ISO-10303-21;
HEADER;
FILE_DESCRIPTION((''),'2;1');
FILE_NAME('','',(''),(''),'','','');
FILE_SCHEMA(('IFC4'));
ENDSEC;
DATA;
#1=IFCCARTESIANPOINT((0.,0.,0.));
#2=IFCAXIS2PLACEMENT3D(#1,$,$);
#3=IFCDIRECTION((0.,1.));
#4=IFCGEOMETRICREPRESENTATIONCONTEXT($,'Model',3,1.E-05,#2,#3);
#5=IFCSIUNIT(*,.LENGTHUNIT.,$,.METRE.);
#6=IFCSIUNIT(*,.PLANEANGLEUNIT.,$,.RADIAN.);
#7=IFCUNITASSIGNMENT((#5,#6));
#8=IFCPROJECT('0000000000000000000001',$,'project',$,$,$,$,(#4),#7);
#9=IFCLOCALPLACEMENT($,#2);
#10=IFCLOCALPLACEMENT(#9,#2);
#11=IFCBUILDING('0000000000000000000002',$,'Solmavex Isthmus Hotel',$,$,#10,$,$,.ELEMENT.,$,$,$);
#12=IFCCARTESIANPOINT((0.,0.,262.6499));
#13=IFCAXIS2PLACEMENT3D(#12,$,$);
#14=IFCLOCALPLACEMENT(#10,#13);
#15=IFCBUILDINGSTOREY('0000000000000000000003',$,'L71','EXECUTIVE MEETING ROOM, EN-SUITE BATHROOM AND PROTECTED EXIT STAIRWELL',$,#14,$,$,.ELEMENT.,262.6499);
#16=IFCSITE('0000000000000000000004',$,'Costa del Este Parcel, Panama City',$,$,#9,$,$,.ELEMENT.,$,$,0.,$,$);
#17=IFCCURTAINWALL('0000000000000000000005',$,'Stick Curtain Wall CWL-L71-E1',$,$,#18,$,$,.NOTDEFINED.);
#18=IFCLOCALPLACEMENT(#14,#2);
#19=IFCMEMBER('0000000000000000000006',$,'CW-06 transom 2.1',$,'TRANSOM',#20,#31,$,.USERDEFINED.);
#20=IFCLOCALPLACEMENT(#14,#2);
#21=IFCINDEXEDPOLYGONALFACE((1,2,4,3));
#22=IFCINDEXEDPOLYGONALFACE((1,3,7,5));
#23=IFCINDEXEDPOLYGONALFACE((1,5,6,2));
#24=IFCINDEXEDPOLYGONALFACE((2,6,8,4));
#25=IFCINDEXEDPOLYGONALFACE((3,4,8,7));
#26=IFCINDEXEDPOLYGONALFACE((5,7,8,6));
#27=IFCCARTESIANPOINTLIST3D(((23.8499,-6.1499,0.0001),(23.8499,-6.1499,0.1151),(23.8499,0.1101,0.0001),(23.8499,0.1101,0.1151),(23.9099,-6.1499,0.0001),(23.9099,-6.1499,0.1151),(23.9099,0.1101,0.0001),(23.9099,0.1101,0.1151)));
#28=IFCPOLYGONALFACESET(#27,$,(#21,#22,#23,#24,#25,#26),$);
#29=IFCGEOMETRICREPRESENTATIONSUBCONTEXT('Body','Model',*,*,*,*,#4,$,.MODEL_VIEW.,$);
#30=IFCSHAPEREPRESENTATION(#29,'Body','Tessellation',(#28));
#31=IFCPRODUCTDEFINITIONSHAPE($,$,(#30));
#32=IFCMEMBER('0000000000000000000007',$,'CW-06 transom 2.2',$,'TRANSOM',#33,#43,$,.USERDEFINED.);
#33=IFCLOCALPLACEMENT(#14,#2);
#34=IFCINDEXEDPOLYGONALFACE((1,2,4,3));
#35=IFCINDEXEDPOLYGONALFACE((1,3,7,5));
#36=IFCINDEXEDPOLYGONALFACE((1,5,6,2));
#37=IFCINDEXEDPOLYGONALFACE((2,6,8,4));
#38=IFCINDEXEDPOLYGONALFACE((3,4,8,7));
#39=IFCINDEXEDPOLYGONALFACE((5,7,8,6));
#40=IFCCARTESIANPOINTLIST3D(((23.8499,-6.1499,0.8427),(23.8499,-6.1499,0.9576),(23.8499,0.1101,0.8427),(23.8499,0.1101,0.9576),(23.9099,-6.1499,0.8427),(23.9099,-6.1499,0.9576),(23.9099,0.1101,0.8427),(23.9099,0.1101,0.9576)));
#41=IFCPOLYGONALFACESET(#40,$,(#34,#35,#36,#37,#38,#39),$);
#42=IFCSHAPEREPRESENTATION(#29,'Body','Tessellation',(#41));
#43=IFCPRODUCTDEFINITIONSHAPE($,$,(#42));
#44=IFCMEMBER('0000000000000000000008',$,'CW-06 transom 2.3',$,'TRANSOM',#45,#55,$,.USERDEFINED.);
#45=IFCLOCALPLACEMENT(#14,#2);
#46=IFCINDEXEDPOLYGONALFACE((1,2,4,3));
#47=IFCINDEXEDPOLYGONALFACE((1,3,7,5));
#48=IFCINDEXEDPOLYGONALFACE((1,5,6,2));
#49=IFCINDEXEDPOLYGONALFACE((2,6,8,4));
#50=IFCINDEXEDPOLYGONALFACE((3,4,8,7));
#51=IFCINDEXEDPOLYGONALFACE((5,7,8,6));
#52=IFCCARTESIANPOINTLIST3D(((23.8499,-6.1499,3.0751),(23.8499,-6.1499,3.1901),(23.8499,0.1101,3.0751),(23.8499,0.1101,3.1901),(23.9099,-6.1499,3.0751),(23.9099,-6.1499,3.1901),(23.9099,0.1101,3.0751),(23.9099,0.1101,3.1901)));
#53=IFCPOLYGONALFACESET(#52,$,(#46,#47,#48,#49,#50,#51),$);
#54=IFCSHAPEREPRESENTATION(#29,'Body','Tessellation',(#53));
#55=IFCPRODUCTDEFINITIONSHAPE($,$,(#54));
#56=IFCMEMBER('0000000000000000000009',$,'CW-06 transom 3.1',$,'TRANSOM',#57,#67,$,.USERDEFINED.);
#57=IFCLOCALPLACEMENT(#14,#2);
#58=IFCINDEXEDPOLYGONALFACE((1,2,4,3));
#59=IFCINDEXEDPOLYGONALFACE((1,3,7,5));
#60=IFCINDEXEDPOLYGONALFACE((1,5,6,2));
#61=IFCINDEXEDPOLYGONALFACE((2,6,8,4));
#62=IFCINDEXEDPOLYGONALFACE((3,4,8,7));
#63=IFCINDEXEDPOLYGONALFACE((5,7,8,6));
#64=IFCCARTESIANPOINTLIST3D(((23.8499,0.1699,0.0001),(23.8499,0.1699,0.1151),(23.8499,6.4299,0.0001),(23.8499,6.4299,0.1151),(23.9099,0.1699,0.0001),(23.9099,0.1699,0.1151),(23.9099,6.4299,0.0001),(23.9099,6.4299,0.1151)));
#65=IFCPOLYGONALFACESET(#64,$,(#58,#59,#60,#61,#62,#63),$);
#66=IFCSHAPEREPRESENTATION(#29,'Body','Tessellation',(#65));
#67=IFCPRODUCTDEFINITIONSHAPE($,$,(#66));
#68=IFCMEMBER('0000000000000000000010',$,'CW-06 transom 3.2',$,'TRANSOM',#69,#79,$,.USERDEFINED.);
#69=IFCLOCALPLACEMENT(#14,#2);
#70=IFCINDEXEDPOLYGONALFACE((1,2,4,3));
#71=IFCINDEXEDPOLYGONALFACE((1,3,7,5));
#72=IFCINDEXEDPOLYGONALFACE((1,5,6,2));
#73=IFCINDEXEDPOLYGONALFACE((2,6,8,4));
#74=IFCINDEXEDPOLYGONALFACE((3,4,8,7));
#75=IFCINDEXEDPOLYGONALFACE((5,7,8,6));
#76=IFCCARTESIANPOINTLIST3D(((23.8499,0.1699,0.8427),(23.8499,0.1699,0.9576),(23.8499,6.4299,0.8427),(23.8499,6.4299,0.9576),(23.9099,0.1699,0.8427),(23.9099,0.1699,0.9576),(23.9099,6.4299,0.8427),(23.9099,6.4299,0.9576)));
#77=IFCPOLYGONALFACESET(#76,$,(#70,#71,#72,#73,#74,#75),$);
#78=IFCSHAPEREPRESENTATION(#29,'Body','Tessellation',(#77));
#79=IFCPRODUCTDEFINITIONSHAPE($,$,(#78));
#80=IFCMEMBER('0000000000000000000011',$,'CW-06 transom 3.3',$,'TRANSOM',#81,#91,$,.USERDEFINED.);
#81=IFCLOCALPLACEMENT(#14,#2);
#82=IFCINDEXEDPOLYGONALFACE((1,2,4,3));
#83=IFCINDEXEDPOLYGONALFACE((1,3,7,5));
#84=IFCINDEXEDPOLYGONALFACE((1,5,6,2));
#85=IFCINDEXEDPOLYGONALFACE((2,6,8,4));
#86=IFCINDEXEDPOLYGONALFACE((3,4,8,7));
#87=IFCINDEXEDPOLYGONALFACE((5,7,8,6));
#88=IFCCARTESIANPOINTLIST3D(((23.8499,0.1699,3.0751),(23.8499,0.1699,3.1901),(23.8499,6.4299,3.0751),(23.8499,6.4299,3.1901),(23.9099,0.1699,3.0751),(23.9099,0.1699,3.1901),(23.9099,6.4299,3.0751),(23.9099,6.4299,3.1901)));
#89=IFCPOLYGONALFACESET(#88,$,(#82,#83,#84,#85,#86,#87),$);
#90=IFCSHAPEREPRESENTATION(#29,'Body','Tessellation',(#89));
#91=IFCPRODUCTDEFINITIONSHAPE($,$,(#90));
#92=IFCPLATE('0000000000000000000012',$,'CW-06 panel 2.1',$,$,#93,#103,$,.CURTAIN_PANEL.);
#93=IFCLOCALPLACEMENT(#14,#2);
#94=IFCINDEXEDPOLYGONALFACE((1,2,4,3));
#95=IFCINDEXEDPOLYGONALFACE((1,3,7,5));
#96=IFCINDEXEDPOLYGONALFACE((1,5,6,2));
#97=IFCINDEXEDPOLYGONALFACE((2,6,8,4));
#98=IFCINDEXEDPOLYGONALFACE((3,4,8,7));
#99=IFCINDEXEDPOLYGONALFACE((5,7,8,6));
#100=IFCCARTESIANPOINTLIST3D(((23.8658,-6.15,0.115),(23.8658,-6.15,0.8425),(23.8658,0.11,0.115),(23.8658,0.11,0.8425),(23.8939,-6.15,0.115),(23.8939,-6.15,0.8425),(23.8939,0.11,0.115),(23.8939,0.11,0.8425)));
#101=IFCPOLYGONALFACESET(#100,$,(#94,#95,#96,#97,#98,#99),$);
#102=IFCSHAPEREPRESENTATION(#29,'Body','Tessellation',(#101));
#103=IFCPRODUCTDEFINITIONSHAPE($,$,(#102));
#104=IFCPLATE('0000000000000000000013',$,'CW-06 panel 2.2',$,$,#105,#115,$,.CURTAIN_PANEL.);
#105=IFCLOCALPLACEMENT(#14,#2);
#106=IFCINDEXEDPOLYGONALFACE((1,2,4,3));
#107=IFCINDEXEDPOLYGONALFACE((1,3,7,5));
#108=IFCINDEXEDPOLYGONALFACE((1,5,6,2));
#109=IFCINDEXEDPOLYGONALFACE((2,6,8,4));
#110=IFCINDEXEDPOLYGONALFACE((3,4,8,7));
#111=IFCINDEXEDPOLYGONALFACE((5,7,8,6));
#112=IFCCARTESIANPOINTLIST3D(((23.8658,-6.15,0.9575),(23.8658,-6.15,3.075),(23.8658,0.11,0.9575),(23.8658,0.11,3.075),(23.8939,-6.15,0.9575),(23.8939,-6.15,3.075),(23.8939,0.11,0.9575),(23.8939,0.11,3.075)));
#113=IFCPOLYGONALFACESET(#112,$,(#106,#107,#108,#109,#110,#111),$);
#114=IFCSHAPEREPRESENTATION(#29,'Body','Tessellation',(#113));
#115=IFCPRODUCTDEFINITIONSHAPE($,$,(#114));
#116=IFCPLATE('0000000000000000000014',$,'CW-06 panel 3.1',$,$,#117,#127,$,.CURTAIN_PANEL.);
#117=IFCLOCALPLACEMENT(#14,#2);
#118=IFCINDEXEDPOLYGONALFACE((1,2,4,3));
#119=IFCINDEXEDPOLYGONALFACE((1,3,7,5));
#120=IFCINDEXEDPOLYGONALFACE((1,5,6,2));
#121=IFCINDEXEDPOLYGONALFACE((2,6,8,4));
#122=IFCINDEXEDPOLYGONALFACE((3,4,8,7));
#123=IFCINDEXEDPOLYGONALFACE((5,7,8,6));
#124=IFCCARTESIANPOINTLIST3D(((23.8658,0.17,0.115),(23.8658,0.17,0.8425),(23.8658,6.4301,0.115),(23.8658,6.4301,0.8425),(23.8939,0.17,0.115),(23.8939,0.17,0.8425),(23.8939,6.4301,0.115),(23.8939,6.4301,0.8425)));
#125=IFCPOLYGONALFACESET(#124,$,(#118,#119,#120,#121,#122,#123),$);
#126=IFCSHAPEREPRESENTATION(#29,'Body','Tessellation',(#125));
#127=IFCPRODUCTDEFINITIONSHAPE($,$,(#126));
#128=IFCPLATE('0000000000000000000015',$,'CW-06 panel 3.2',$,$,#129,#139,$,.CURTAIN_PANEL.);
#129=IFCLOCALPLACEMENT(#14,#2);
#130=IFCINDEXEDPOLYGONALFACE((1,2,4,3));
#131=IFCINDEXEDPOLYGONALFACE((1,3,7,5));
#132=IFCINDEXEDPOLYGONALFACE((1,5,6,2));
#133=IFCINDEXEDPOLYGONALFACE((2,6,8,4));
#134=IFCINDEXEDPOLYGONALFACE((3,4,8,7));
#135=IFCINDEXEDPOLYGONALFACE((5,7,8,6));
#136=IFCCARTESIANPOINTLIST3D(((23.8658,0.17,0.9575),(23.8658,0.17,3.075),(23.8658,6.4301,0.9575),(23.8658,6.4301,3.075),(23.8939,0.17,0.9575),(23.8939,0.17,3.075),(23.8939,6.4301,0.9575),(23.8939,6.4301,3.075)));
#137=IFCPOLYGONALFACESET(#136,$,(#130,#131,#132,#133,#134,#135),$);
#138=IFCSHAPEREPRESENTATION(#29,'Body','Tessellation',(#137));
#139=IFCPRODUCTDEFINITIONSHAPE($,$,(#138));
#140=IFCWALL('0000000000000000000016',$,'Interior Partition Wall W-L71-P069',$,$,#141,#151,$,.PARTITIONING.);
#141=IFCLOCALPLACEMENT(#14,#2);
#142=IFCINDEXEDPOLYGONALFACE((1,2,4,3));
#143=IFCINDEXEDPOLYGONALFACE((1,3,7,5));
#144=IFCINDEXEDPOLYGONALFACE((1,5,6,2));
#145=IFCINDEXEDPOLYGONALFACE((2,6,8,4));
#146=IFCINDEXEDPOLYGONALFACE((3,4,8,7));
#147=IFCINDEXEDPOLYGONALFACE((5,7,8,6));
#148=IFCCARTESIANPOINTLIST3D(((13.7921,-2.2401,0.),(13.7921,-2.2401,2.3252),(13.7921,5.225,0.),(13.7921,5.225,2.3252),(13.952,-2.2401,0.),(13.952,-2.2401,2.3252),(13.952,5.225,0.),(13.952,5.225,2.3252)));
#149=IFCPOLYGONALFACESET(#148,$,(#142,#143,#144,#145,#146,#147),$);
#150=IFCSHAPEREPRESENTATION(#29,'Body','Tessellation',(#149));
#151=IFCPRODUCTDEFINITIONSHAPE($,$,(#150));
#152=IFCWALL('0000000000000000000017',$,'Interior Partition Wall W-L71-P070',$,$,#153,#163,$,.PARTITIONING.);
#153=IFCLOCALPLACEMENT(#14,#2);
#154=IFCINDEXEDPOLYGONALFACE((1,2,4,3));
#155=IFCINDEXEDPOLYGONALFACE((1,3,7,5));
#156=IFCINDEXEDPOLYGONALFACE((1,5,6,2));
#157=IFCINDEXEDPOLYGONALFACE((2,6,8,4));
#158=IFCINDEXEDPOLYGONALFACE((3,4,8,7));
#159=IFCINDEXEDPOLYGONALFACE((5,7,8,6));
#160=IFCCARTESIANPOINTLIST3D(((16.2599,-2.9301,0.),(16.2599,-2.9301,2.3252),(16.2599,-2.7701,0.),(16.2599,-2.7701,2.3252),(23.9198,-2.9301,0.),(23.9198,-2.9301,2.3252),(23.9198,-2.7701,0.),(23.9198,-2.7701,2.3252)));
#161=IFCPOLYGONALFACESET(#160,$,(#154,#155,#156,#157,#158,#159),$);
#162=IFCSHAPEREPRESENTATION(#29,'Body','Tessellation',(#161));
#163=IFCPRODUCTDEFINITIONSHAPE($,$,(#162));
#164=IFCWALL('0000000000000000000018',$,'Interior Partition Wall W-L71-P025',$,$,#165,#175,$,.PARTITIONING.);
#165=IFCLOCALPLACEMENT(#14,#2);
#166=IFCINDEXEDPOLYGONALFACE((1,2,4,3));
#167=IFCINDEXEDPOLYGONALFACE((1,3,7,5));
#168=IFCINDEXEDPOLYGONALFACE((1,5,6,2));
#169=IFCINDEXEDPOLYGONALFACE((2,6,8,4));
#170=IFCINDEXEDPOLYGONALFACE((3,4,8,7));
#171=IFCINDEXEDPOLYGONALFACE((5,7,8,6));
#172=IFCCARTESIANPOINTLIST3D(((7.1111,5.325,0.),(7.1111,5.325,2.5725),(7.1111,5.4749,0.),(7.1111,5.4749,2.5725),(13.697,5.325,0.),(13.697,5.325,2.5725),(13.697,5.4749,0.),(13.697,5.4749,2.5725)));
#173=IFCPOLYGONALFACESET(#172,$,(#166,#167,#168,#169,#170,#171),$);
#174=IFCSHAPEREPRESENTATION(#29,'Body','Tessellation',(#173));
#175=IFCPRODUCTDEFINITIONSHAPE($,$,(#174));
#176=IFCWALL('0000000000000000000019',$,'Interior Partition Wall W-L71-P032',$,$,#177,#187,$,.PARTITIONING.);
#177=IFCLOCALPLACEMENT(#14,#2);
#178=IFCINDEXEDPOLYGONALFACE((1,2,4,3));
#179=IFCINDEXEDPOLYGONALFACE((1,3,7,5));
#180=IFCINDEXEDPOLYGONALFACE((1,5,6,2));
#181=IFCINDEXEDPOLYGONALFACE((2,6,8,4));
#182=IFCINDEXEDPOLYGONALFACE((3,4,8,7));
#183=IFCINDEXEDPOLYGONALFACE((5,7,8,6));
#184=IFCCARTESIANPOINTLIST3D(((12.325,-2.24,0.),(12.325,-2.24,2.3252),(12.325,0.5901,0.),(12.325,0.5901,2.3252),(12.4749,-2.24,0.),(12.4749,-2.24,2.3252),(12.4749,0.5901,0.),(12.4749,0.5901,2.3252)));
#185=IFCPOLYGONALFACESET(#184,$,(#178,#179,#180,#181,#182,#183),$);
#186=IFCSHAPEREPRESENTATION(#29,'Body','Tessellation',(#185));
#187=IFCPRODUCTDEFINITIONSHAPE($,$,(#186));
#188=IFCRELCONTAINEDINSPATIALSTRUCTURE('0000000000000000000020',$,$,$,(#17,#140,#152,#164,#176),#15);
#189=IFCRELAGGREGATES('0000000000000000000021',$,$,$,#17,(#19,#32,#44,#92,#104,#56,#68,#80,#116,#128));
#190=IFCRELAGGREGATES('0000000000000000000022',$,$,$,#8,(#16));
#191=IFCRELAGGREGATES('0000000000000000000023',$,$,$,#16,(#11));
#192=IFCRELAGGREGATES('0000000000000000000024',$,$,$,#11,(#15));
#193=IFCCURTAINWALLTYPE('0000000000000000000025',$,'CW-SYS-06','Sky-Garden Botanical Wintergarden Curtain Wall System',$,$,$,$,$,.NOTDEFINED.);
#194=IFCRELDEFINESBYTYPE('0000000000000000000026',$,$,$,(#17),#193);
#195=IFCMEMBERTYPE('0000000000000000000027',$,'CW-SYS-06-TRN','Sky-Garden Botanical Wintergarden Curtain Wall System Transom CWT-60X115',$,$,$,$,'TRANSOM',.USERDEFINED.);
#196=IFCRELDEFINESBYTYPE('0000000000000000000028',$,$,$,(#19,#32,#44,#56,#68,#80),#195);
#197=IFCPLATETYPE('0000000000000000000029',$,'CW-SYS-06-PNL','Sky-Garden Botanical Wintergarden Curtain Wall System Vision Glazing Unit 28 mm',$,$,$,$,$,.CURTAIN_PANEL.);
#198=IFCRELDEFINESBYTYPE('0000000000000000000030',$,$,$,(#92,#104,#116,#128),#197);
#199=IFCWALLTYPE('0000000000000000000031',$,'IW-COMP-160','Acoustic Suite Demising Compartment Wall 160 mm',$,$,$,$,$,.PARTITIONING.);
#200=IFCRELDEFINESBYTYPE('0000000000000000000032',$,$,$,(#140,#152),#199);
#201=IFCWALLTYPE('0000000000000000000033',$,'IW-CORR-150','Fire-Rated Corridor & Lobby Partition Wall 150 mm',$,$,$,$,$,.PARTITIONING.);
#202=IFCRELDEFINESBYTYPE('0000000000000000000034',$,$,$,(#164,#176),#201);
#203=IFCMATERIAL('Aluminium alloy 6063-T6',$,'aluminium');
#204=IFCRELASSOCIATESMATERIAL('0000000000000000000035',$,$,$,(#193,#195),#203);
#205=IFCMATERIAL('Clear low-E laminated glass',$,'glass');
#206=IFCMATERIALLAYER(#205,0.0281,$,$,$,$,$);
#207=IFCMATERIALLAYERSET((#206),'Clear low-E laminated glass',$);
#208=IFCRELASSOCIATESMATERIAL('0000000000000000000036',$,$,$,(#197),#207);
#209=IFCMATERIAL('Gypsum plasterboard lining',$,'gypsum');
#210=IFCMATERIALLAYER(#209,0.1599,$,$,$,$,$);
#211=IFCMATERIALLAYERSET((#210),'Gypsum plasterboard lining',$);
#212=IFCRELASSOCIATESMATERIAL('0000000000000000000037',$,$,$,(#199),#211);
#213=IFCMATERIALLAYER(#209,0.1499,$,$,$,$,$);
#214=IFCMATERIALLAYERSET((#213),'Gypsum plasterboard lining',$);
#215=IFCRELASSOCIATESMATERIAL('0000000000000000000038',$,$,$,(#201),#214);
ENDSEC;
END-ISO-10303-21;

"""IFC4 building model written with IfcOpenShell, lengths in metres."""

from ifc_helpers import new_model, si_unit, direction, frame, frame_2d, origin, origin_2d, place, context, subcontext, project, spatial, rectangle, extrude, material, layer, layer_set, material_profile, profile_set, type_object, element, aggregate, save


model = new_model("IFC4")

# Units and contexts
model_context = context("Model", 3, precision=1e-05, world=origin(), true_north=direction((0.0, 1.0)))
body_context = subcontext(model_context, "Body", "Model", "MODEL_VIEW")
ifc_project = project(units=[si_unit("LENGTHUNIT", "METRE"), si_unit("PLANEANGLEUNIT", "RADIAN")], contexts=[model_context])

# Site, building, storey
site_placement = place(None, origin())
site = spatial("IfcSite", under=ifc_project, at=site_placement, Name="Costa del Este Parcel, Panama City", CompositionType="ELEMENT", RefElevation=0.0)
building_placement = place(site_placement, origin())
building = spatial("IfcBuilding", under=site, at=building_placement, Name="Solmavex Isthmus Hotel", CompositionType="ELEMENT")
storey_placement = place(building_placement, frame((0.0, 0.0, 262.6499)))
storey = spatial("IfcBuildingStorey", under=building, at=storey_placement, Name="L71", Description="EXECUTIVE MEETING ROOM, EN-SUITE BATHROOM AND PROTECTED EXIT STAIRWELL", CompositionType="ELEMENT", Elevation=262.6499)

# Curtain wall, members, plates
ifc_material_1 = material(Name="Aluminium alloy 6063-T6", Category="aluminium")
curtain_wall_type = type_object("IfcCurtainWallType", Name="CW-SYS-06", Description="Sky-Garden Botanical Wintergarden Curtain Wall System", PredefinedType="NOTDEFINED", material=ifc_material_1)
curtain_wall_placement = place(storey_placement, origin())
curtain_wall = element("IfcCurtainWall", 1, at=curtain_wall_placement, inside=storey, type_object=curtain_wall_type, Name="Stick Curtain Wall CWL-L71-E1", PredefinedType="NOTDEFINED")
ifc_material_profile_1 = material_profile(ifc_material_1, rectangle(XDim=0.0601, YDim=0.115, at=origin_2d()), Name="CWT-60X115")
ifc_profile_set_1 = profile_set([ifc_material_profile_1], Name="Aluminium alloy 6063-T6")
member_type_1 = type_object("IfcMemberType", Name="CW-SYS-06-TRN", Description="Sky-Garden Botanical Wintergarden Curtain Wall System Transom CWT-60X115", ElementType="TRANSOM", PredefinedType="USERDEFINED", material=ifc_profile_set_1)
member_1_placement = place(storey_placement, frame((23.8799, -6.1499, 0.0576), z_axis=(0.0, 1.0, 0.0), x_axis=(-1.0, 0.0, 0.0)))
member_1 = element("IfcMember", 2, at=member_1_placement, type_object=member_type_1, Name="CW-06 transom 2.1", ObjectType="TRANSOM", PredefinedType="USERDEFINED", context=body_context, shape_type="SweptSolid", body=[
    extrude(rectangle(XDim=0.0601, YDim=0.115, at=origin_2d()), origin(), (0.0, 0.0, 1.0), 6.26),
])
member_2_placement = place(storey_placement, frame((23.8799, -6.1499, 0.9001), z_axis=(0.0, 1.0, 0.0), x_axis=(-1.0, 0.0, 0.0)))
member_2 = element("IfcMember", 3, at=member_2_placement, type_object=member_type_1, Name="CW-06 transom 2.2", ObjectType="TRANSOM", PredefinedType="USERDEFINED", context=body_context, shape_type="SweptSolid", body=[
    extrude(rectangle(XDim=0.0601, YDim=0.115, at=origin_2d()), origin(), (0.0, 0.0, 1.0), 6.26),
])
member_3_placement = place(storey_placement, frame((23.8799, -6.1499, 3.1326), z_axis=(0.0, 1.0, 0.0), x_axis=(-1.0, 0.0, 0.0)))
member_3 = element("IfcMember", 4, at=member_3_placement, type_object=member_type_1, Name="CW-06 transom 2.3", ObjectType="TRANSOM", PredefinedType="USERDEFINED", context=body_context, shape_type="SweptSolid", body=[
    extrude(rectangle(XDim=0.0601, YDim=0.115, at=origin_2d()), origin(), (0.0, 0.0, 1.0), 6.26),
])
member_4_placement = place(storey_placement, frame((23.8799, 0.1699, 0.0576), z_axis=(0.0, 1.0, 0.0), x_axis=(-1.0, 0.0, 0.0)))
member_4 = element("IfcMember", 5, at=member_4_placement, type_object=member_type_1, Name="CW-06 transom 3.1", ObjectType="TRANSOM", PredefinedType="USERDEFINED", context=body_context, shape_type="SweptSolid", body=[
    extrude(rectangle(XDim=0.0601, YDim=0.115, at=origin_2d()), origin(), (0.0, 0.0, 1.0), 6.26),
])
member_5_placement = place(storey_placement, frame((23.8799, 0.1699, 0.9001), z_axis=(0.0, 1.0, 0.0), x_axis=(-1.0, 0.0, 0.0)))
member_5 = element("IfcMember", 6, at=member_5_placement, type_object=member_type_1, Name="CW-06 transom 3.2", ObjectType="TRANSOM", PredefinedType="USERDEFINED", context=body_context, shape_type="SweptSolid", body=[
    extrude(rectangle(XDim=0.0601, YDim=0.115, at=origin_2d()), origin(), (0.0, 0.0, 1.0), 6.26),
])
member_6_placement = place(storey_placement, frame((23.8799, 0.1699, 3.1326), z_axis=(0.0, 1.0, 0.0), x_axis=(-1.0, 0.0, 0.0)))
member_6 = element("IfcMember", 7, at=member_6_placement, type_object=member_type_1, Name="CW-06 transom 3.3", ObjectType="TRANSOM", PredefinedType="USERDEFINED", context=body_context, shape_type="SweptSolid", body=[
    extrude(rectangle(XDim=0.0601, YDim=0.115, at=origin_2d()), origin(), (0.0, 0.0, 1.0), 6.26),
])
ifc_material_2 = material(Name="Clear low-E laminated glass", Category="glass")
ifc_layer_1 = layer(ifc_material_2, 0.0281)
ifc_layer_set_1 = layer_set([ifc_layer_1], Name="Clear low-E laminated glass")
plate_type = type_object("IfcPlateType", Name="CW-SYS-06-PNL", Description="Sky-Garden Botanical Wintergarden Curtain Wall System Vision Glazing Unit 28 mm", PredefinedType="CURTAIN_PANEL", material=ifc_layer_set_1)
plate_1_placement = place(storey_placement, frame((23.8799, -3.02, 0.115), z_axis=(0.0, 0.0, 1.0), x_axis=(0.0, 1.0, 0.0)))
plate_1 = element("IfcPlate", 8, at=plate_1_placement, type_object=plate_type, Name="CW-06 panel 2.1", PredefinedType="CURTAIN_PANEL", context=body_context, shape_type="SweptSolid", body=[
    extrude(rectangle(XDim=6.26, YDim=0.0281, at=origin_2d()), origin(), (0.0, 0.0, 1.0), 0.7275),
])
plate_2_placement = place(storey_placement, frame((23.8799, -3.02, 0.9575), z_axis=(0.0, 0.0, 1.0), x_axis=(0.0, 1.0, 0.0)))
plate_2 = element("IfcPlate", 9, at=plate_2_placement, type_object=plate_type, Name="CW-06 panel 2.2", PredefinedType="CURTAIN_PANEL", context=body_context, shape_type="SweptSolid", body=[
    extrude(rectangle(XDim=6.26, YDim=0.0281, at=origin_2d()), origin(), (0.0, 0.0, 1.0), 2.1174),
])
plate_3_placement = place(storey_placement, frame((23.8799, 3.3, 0.115), z_axis=(0.0, 0.0, 1.0), x_axis=(0.0, 1.0, 0.0)))
plate_3 = element("IfcPlate", 10, at=plate_3_placement, type_object=plate_type, Name="CW-06 panel 3.1", PredefinedType="CURTAIN_PANEL", context=body_context, shape_type="SweptSolid", body=[
    extrude(rectangle(XDim=6.26, YDim=0.0281, at=origin_2d()), origin(), (0.0, 0.0, 1.0), 0.7275),
])
plate_4_placement = place(storey_placement, frame((23.8799, 3.3, 0.9575), z_axis=(0.0, 0.0, 1.0), x_axis=(0.0, 1.0, 0.0)))
plate_4 = element("IfcPlate", 11, at=plate_4_placement, type_object=plate_type, Name="CW-06 panel 3.2", PredefinedType="CURTAIN_PANEL", context=body_context, shape_type="SweptSolid", body=[
    extrude(rectangle(XDim=6.26, YDim=0.0281, at=origin_2d()), origin(), (0.0, 0.0, 1.0), 2.1174),
])
aggregate(curtain_wall, [member_1, member_2, member_3, plate_1, plate_2, member_4, member_5, member_6, plate_3, plate_4])

# Walls
ifc_material_3 = material(Name="Gypsum plasterboard lining", Category="gypsum")
ifc_layer_2 = layer(ifc_material_3, 0.1599)
ifc_layer_set_2 = layer_set([ifc_layer_2], Name="Gypsum plasterboard lining")
wall_type_1 = type_object("IfcWallType", Name="IW-COMP-160", Description="Acoustic Suite Demising Compartment Wall 160 mm", PredefinedType="PARTITIONING", material=ifc_layer_set_2)
wall_1_placement = place(storey_placement, frame((13.8721, -2.24, 0.0), z_axis=(0.0, 0.0, 1.0), x_axis=(0.0, 1.0, 0.0)))
element("IfcWall", 12, at=wall_1_placement, inside=storey, type_object=wall_type_1, Name="Interior Partition Wall W-L71-P069", PredefinedType="PARTITIONING", context=body_context, shape_type="SweptSolid", body=[
    extrude(rectangle(XDim=7.4651, YDim=0.1599, at=frame_2d((3.7324, 0.0))), origin(), (0.0, 0.0, 1.0), 2.3252),
])
wall_2_placement = place(storey_placement, frame((23.9199, -2.8501, 0.0), z_axis=(0.0, 0.0, 1.0), x_axis=(-1.0, 0.0, 0.0)))
element("IfcWall", 13, at=wall_2_placement, inside=storey, type_object=wall_type_1, Name="Interior Partition Wall W-L71-P070", PredefinedType="PARTITIONING", context=body_context, shape_type="SweptSolid", body=[
    extrude(rectangle(XDim=7.6599, YDim=0.1599, at=frame_2d((3.8301, 0.0))), origin(), (0.0, 0.0, 1.0), 2.3252),
])
ifc_layer_3 = layer(ifc_material_3, 0.1499)
ifc_layer_set_3 = layer_set([ifc_layer_3], Name="Gypsum plasterboard lining")
wall_type_2 = type_object("IfcWallType", Name="IW-CORR-150", Description="Fire-Rated Corridor & Lobby Partition Wall 150 mm", PredefinedType="PARTITIONING", material=ifc_layer_set_3)
wall_3_placement = place(storey_placement, frame((13.697, 5.3999, 0.0), z_axis=(0.0, 0.0, 1.0), x_axis=(-1.0, 0.0, 0.0)))
element("IfcWall", 14, at=wall_3_placement, inside=storey, type_object=wall_type_2, Name="Interior Partition Wall W-L71-P025", PredefinedType="PARTITIONING", context=body_context, shape_type="SweptSolid", body=[
    extrude(rectangle(XDim=6.5859, YDim=0.1499, at=frame_2d((3.293, 0.0))), origin(), (0.0, 0.0, 1.0), 2.5725),
])
wall_4_placement = place(storey_placement, frame((12.3999, 0.5901, 0.0), z_axis=(0.0, 0.0, 1.0), x_axis=(0.0, -1.0, 0.0)))
element("IfcWall", 15, at=wall_4_placement, inside=storey, type_object=wall_type_2, Name="Interior Partition Wall W-L71-P032", PredefinedType="PARTITIONING", context=body_context, shape_type="SweptSolid", body=[
    extrude(rectangle(XDim=2.8301, YDim=0.1499, at=frame_2d((1.415, 0.0))), origin(), (0.0, 0.0, 1.0), 2.3252),
])

save(model, "model.ifc")
